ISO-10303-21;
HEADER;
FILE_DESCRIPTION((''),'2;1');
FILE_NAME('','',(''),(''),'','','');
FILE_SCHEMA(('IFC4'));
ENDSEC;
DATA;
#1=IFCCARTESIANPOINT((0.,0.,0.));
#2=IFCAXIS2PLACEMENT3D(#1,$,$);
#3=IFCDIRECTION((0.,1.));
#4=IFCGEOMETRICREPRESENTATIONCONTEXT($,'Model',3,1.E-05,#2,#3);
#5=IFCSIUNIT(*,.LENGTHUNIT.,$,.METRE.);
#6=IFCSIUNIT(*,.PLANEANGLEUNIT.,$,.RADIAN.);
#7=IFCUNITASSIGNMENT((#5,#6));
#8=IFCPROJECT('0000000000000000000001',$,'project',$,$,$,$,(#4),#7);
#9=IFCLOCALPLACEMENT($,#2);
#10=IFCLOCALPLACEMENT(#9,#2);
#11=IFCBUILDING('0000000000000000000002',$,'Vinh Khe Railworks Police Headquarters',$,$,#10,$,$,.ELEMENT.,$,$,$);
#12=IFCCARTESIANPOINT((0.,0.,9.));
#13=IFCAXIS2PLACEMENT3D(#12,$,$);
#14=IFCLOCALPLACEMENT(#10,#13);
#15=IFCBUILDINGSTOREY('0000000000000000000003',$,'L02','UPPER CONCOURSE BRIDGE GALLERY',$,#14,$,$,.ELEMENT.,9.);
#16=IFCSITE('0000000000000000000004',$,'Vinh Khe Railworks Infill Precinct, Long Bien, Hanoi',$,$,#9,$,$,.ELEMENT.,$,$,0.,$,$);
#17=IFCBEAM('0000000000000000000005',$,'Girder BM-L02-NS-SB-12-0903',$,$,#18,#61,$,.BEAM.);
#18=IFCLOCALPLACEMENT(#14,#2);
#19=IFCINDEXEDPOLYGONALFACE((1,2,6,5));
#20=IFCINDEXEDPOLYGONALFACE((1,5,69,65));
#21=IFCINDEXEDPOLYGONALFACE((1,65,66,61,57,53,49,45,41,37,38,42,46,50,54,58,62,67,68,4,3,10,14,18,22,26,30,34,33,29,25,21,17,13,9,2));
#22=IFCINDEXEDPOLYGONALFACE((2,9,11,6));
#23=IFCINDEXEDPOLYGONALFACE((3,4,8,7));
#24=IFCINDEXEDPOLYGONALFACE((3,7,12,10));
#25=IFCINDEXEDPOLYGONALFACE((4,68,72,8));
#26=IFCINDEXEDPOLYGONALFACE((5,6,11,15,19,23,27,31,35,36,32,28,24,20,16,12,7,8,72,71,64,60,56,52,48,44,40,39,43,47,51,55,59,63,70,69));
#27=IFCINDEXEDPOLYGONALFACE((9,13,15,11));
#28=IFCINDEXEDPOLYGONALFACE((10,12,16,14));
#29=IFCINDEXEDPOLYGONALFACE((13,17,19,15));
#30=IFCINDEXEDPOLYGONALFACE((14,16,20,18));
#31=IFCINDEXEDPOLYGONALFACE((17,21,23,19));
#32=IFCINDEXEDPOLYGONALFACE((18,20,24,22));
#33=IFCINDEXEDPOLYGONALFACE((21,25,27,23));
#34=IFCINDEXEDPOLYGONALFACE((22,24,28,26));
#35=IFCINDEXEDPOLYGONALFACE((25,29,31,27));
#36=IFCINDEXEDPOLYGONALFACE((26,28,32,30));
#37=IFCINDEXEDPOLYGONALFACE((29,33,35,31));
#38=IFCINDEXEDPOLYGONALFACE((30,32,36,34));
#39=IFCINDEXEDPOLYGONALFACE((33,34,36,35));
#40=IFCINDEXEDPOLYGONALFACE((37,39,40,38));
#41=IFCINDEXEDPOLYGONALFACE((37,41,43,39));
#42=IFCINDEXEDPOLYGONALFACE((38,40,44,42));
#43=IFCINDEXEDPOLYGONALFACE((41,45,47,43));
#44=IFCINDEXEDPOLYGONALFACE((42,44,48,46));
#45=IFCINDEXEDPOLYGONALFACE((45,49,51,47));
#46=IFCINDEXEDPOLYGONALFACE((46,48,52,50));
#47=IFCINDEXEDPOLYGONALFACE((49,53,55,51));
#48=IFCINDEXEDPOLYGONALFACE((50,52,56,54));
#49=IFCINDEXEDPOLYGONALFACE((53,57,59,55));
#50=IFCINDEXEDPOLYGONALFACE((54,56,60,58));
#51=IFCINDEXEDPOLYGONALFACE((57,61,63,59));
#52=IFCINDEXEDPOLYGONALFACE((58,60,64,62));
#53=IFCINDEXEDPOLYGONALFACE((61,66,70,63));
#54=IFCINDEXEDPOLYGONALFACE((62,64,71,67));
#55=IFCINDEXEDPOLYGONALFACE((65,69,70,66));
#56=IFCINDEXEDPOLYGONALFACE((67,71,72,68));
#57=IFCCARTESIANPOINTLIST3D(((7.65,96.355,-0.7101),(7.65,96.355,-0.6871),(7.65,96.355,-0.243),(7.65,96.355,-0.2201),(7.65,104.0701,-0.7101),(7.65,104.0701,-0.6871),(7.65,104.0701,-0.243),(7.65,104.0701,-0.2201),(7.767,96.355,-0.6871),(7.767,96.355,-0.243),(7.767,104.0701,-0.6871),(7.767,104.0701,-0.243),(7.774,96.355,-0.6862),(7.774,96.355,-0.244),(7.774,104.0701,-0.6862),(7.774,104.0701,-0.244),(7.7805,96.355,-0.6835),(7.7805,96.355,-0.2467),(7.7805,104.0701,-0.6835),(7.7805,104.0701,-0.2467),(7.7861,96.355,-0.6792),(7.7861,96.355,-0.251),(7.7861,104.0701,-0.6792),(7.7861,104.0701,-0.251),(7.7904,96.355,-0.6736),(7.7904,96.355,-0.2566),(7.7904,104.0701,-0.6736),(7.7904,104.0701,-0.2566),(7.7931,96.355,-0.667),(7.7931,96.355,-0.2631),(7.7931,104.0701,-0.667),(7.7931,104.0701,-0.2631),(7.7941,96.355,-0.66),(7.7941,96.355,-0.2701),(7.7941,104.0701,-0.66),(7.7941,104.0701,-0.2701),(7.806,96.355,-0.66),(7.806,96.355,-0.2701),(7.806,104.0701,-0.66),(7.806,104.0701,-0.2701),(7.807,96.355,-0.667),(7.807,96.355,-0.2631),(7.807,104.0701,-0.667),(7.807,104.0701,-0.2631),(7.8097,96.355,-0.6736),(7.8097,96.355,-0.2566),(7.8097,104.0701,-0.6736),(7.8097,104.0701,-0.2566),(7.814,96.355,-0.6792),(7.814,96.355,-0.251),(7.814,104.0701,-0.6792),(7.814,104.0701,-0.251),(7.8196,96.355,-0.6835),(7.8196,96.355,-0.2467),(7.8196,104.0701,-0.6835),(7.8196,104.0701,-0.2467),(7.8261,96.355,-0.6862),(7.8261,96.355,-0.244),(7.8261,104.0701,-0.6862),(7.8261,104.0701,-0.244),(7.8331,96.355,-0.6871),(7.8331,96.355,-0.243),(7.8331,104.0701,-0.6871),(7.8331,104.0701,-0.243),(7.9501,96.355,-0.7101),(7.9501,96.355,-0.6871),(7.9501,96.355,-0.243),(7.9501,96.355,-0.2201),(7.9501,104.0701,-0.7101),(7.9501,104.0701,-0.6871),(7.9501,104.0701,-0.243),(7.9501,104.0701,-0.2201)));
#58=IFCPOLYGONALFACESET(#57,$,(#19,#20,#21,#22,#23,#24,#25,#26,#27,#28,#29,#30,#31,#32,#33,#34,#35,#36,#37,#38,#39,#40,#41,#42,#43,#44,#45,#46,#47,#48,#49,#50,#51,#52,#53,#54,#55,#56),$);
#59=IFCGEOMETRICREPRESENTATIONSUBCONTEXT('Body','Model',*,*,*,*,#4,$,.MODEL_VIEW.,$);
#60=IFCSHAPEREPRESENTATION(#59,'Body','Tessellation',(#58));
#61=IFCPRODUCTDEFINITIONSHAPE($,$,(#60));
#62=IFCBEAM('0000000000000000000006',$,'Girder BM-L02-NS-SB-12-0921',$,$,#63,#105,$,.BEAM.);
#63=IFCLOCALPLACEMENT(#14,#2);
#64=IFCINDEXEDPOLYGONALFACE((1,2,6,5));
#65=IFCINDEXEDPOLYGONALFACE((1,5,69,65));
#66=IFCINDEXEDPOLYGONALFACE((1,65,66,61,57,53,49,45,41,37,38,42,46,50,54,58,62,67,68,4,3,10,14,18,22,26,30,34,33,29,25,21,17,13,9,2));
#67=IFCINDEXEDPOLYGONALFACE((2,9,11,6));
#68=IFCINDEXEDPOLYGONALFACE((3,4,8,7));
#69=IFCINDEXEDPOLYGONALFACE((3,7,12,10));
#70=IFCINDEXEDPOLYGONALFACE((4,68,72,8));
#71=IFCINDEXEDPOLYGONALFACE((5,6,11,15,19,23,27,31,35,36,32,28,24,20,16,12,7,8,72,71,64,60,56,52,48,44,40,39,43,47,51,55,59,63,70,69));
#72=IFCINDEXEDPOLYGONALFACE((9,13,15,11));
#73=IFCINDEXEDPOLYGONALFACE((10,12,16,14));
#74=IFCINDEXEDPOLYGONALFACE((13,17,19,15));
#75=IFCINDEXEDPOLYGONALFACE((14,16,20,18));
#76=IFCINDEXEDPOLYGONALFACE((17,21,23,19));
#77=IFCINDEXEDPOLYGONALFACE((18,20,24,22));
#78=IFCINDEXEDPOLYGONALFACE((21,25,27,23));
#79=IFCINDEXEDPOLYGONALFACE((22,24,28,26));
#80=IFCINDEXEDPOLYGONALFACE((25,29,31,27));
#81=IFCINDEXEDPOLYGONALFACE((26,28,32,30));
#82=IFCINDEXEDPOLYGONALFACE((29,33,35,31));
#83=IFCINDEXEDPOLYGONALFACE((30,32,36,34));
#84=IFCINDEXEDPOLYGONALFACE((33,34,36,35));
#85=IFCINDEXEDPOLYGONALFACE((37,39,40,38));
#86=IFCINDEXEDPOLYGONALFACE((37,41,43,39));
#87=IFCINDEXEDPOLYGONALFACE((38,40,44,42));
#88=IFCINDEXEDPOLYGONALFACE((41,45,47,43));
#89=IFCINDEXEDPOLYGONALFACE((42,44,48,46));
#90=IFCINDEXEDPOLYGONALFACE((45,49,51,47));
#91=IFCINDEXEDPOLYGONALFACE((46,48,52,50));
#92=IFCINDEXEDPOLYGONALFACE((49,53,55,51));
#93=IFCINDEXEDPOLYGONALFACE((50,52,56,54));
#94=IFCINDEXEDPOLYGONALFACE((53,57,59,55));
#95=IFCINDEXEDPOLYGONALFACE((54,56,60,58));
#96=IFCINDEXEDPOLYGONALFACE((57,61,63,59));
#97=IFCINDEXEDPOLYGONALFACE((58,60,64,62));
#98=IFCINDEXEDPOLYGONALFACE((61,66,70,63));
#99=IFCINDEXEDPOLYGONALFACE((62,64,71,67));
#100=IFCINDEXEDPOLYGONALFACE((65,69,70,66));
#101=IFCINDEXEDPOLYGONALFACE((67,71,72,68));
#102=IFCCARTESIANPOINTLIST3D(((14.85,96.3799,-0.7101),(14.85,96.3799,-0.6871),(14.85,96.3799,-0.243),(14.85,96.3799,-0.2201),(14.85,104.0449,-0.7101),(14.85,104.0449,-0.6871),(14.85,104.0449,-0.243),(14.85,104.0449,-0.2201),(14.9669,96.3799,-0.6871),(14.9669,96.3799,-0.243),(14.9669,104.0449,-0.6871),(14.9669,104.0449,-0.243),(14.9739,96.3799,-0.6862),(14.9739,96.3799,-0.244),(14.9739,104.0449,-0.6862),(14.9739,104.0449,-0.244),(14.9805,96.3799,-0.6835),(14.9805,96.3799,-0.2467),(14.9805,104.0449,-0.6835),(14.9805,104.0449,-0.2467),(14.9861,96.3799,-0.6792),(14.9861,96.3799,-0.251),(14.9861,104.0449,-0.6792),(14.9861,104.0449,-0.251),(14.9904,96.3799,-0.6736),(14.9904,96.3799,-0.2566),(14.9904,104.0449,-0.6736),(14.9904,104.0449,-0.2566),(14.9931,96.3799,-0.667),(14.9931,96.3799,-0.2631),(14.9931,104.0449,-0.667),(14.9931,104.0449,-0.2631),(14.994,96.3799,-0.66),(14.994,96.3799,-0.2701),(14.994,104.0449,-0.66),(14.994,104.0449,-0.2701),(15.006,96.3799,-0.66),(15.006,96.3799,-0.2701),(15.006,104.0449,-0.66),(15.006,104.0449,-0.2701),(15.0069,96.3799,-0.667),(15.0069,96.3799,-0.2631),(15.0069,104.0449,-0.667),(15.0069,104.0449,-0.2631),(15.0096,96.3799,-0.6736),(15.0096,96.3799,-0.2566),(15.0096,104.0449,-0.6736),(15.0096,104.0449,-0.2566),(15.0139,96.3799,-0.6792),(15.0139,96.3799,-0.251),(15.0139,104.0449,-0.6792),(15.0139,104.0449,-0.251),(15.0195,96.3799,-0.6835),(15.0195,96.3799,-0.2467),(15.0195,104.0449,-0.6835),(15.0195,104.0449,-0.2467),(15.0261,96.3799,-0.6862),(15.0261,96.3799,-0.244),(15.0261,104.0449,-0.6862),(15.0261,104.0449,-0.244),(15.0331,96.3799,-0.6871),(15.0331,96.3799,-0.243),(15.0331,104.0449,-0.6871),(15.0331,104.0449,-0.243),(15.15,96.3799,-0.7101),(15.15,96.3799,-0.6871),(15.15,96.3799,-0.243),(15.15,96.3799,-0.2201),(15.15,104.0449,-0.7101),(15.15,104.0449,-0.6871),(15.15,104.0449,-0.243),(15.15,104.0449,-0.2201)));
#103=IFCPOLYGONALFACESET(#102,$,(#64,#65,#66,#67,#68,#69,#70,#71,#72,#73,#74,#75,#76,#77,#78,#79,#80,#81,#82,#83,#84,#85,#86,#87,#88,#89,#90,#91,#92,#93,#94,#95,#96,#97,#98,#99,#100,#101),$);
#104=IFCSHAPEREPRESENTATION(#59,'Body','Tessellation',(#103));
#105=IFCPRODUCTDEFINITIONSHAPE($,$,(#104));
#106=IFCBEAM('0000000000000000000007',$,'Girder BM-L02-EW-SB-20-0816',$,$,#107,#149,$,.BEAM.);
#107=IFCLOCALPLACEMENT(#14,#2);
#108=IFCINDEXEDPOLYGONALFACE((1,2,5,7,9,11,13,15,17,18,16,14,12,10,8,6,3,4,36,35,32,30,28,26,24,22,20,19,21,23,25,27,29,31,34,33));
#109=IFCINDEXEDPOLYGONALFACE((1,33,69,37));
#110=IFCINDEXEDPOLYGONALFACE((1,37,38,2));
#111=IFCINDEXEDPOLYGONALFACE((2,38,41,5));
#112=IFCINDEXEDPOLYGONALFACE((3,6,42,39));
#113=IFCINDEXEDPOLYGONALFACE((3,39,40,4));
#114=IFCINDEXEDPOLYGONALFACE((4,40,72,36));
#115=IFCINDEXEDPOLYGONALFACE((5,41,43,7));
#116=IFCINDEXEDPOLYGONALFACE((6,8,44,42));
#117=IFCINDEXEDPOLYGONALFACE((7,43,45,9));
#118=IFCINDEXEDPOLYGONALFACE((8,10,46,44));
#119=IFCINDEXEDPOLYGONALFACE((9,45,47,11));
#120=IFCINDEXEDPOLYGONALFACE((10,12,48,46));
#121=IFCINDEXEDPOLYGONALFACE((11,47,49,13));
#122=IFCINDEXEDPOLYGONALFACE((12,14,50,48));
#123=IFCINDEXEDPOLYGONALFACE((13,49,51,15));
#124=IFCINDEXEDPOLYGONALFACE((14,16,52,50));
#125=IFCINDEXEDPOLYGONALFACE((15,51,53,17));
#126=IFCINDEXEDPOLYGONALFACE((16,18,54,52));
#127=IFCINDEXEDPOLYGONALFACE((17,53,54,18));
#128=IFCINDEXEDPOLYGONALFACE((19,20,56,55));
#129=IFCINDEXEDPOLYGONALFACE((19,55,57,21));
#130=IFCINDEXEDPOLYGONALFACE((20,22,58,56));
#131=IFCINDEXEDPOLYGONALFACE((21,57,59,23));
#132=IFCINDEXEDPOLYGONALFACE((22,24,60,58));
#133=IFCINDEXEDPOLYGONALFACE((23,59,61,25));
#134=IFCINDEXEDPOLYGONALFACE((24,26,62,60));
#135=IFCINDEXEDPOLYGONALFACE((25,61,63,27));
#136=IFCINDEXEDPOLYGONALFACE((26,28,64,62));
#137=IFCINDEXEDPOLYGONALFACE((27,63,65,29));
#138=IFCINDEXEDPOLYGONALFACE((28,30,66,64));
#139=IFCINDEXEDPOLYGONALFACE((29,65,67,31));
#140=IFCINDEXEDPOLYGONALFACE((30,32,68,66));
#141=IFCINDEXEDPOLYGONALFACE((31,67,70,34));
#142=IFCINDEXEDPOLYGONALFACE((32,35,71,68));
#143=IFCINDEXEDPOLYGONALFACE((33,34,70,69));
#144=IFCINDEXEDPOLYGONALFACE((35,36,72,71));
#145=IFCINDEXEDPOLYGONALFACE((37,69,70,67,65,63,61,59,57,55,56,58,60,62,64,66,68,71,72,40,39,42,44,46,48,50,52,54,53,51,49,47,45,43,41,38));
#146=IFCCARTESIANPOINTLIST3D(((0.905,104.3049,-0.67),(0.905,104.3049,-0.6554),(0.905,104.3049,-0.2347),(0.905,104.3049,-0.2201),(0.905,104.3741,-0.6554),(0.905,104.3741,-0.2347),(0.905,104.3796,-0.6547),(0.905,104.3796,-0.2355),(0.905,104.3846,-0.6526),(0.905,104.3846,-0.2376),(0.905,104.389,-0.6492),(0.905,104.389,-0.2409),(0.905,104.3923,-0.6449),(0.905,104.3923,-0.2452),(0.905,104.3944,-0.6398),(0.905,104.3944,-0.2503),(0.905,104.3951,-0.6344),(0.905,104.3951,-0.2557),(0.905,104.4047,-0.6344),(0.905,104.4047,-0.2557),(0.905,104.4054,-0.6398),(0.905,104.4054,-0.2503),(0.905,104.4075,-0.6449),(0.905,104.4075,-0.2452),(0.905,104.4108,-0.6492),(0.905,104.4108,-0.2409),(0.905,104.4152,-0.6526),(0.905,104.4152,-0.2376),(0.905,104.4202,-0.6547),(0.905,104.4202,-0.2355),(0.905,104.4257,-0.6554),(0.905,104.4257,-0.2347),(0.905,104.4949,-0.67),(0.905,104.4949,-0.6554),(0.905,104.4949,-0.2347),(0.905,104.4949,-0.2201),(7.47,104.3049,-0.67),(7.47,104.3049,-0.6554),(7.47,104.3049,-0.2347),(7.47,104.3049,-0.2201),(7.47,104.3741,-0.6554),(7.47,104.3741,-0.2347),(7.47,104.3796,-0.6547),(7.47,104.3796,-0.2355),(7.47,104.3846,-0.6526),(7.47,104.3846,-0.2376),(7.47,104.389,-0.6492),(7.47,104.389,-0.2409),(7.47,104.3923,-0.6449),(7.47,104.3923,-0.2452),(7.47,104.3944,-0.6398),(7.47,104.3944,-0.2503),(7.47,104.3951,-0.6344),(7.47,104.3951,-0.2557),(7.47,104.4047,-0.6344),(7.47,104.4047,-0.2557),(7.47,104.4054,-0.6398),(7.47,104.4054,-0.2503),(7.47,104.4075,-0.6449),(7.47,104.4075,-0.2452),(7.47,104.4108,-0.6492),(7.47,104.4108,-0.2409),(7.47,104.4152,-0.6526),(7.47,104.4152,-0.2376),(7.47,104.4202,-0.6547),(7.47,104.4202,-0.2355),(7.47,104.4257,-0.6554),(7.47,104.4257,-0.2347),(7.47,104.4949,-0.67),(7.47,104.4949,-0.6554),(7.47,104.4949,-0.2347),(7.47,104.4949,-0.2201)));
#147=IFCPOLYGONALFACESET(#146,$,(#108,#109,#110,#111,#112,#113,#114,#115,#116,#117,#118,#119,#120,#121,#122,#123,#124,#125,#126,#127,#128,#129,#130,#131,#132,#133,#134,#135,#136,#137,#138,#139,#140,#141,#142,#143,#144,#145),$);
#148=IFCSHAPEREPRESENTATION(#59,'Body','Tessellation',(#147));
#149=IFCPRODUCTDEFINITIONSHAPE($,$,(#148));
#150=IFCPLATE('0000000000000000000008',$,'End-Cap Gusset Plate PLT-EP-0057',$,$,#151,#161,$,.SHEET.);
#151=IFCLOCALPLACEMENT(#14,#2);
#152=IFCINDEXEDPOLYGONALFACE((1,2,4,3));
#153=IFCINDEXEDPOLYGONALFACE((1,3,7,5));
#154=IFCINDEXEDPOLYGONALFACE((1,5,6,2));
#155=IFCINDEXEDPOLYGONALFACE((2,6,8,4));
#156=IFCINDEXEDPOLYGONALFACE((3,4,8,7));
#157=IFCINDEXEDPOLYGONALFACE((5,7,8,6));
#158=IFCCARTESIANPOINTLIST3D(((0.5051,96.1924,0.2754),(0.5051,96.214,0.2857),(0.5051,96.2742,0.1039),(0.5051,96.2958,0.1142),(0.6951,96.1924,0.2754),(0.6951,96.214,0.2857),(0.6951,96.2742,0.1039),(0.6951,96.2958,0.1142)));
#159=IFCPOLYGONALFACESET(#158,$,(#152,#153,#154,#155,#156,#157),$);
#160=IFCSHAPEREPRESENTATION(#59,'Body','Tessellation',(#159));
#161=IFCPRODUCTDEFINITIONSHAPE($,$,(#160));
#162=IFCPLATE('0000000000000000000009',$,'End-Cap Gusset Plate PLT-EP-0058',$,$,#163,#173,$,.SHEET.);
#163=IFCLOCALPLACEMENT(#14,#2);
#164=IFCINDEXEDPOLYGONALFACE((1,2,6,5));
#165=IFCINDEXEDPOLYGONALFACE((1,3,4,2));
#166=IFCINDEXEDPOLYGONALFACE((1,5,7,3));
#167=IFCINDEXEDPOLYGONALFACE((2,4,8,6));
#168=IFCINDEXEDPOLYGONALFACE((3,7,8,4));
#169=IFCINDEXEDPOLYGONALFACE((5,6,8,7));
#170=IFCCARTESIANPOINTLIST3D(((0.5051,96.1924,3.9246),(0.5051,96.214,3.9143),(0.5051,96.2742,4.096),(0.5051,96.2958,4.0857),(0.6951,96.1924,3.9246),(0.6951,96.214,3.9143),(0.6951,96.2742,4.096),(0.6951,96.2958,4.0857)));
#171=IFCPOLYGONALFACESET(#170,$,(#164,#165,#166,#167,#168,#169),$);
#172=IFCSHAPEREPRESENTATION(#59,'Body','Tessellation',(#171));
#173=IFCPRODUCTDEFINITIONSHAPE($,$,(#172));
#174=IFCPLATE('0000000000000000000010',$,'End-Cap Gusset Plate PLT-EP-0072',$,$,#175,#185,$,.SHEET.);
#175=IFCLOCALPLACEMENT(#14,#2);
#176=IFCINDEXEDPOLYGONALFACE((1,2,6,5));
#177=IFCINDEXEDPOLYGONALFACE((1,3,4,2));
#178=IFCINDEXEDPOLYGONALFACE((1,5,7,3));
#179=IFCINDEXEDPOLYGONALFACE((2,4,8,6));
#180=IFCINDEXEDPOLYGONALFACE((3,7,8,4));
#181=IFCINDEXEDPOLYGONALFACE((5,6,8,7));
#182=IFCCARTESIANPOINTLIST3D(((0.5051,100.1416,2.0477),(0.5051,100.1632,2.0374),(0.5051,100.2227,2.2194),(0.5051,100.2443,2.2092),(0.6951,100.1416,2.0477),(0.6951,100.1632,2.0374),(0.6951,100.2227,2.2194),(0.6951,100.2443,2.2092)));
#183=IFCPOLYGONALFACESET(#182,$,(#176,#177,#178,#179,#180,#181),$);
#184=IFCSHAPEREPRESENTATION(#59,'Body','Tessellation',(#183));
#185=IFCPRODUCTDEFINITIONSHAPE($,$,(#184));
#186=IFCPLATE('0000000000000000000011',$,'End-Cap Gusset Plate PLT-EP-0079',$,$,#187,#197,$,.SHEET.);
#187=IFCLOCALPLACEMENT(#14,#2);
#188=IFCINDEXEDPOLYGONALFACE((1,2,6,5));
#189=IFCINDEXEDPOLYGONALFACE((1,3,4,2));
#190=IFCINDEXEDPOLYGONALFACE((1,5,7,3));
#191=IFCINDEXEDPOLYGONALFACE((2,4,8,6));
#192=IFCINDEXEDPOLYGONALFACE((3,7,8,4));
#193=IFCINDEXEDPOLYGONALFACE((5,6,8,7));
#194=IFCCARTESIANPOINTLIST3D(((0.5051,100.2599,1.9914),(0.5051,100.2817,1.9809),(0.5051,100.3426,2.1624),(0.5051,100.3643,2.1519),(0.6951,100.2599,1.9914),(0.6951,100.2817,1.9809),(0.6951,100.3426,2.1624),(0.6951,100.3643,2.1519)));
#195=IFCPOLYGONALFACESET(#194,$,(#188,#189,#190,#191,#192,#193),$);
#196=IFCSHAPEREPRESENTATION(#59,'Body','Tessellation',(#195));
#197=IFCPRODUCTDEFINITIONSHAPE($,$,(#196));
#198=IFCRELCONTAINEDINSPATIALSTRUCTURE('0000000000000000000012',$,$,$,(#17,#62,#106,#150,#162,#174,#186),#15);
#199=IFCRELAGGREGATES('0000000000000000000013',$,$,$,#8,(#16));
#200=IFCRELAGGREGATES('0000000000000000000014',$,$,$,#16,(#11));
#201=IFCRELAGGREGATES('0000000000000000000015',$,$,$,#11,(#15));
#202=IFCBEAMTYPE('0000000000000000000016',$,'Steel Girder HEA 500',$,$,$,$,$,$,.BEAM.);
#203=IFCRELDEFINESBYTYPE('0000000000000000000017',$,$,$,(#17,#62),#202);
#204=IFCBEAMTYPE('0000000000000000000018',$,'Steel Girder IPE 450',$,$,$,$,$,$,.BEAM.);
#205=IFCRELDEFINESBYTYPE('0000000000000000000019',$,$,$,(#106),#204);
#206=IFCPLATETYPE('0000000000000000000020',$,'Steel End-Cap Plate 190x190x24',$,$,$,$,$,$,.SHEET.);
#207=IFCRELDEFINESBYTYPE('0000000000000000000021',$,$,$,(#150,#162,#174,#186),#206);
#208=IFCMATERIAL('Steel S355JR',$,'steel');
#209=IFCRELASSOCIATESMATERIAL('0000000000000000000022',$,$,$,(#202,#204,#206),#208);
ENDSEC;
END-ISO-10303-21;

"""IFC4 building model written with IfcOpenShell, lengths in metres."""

from ifc_helpers import new_model, si_unit, direction, frame, origin, origin_2d, place, context, subcontext, project, spatial, rectangle, i_section, extrude, material, material_profile, profile_set, type_object, element, save


model = new_model("IFC4")

# Units and contexts
model_context = context("Model", 3, precision=1e-05, world=origin(), true_north=direction((0.0, 1.0)))
body_context = subcontext(model_context, "Body", "Model", "MODEL_VIEW")
ifc_project = project(units=[si_unit("LENGTHUNIT", "METRE"), si_unit("PLANEANGLEUNIT", "RADIAN")], contexts=[model_context])

# Site, building, storey
site_placement = place(None, origin())
site = spatial("IfcSite", under=ifc_project, at=site_placement, Name="Vinh Khe Railworks Infill Precinct, Long Bien, Hanoi", CompositionType="ELEMENT", RefElevation=0.0)
building_placement = place(site_placement, origin())
building = spatial("IfcBuilding", under=site, at=building_placement, Name="Vinh Khe Railworks Police Headquarters", CompositionType="ELEMENT")
storey_placement = place(building_placement, frame((0.0, 0.0, 9.0)))
storey = spatial("IfcBuildingStorey", under=building, at=storey_placement, Name="L02", Description="UPPER CONCOURSE BRIDGE GALLERY", CompositionType="ELEMENT", Elevation=9.0)

# Shared definitions
ifc_material_1 = material(Name="Steel S355JR", Category="steel")

# Beams
ifc_material_profile_1 = material_profile(ifc_material_1, i_section(OverallWidth=0.3, OverallDepth=0.49, WebThickness=0.012, FlangeThickness=0.0229, FilletRadius=0.0271, at=origin_2d()), Name="HEA 500")
ifc_profile_set_1 = profile_set([ifc_material_profile_1], Name="Steel S355JR")
beam_type_1 = type_object("IfcBeamType", Name="Steel Girder HEA 500", PredefinedType="BEAM", material=ifc_profile_set_1)
beam_1_placement = place(storey_placement, frame((7.8, 96.355, -0.4651), z_axis=(0.0, 1.0, 0.0), x_axis=(-1.0, 0.0, 0.0)))
element("IfcBeam", 1, at=beam_1_placement, inside=storey, type_object=beam_type_1, Name="Girder BM-L02-NS-SB-12-0903", PredefinedType="BEAM", context=body_context, shape_type="SweptSolid", body=[
    extrude(i_section(OverallWidth=0.3, OverallDepth=0.49, WebThickness=0.012, FlangeThickness=0.0229, FilletRadius=0.0271, at=origin_2d()), origin(), (0.0, 0.0, 1.0), 7.7151),
])
beam_2_placement = place(storey_placement, frame((15.0, 96.3799, -0.4651), z_axis=(0.0, 1.0, 0.0), x_axis=(-1.0, 0.0, 0.0)))
element("IfcBeam", 2, at=beam_2_placement, inside=storey, type_object=beam_type_1, Name="Girder BM-L02-NS-SB-12-0921", PredefinedType="BEAM", context=body_context, shape_type="SweptSolid", body=[
    extrude(i_section(OverallWidth=0.3, OverallDepth=0.49, WebThickness=0.012, FlangeThickness=0.0229, FilletRadius=0.0271, at=origin_2d()), origin(), (0.0, 0.0, 1.0), 7.665),
])
ifc_material_profile_2 = material_profile(ifc_material_1, i_section(OverallWidth=0.1899, OverallDepth=0.45, WebThickness=0.0095, FlangeThickness=0.0146, FilletRadius=0.021, at=origin_2d()), Name="IPE 450")
ifc_profile_set_2 = profile_set([ifc_material_profile_2], Name="Steel S355JR")
beam_type_2 = type_object("IfcBeamType", Name="Steel Girder IPE 450", PredefinedType="BEAM", material=ifc_profile_set_2)
beam_3_placement = place(storey_placement, frame((0.905, 104.3999, -0.4451), z_axis=(1.0, 0.0, 0.0), x_axis=(0.0, 1.0, 0.0)))
element("IfcBeam", 3, at=beam_3_placement, inside=storey, type_object=beam_type_2, Name="Girder BM-L02-EW-SB-20-0816", PredefinedType="BEAM", context=body_context, shape_type="SweptSolid", body=[
    extrude(i_section(OverallWidth=0.1899, OverallDepth=0.45, WebThickness=0.0095, FlangeThickness=0.0146, FilletRadius=0.021, at=origin_2d()), origin(), (0.0, 0.0, 1.0), 6.5649),
])

# Plates
ifc_material_profile_3 = material_profile(ifc_material_1, rectangle(XDim=0.1899, YDim=0.1899, at=origin_2d()), Name="PL 190x190")
ifc_profile_set_3 = profile_set([ifc_material_profile_3], Name="Steel S355JR")
plate_type = type_object("IfcPlateType", Name="Steel End-Cap Plate 190x190x24", PredefinedType="SHEET", material=ifc_profile_set_3)
for number, where, z_axis, x_axis, name in (
    (4, (0.6001, 96.2549, 0.2), (0.0, -0.902481, -0.43073), (1.0, 0.0, 0.0), "End-Cap Gusset Plate PLT-EP-0057"),
    (5, (0.6001, 96.2549, 4.0), (0.0, -0.902481, 0.43073), (1.0, 0.0, 0.0), "End-Cap Gusset Plate PLT-EP-0058"),
    (6, (0.6001, 100.1821, 2.1335), (0.0, 0.904358, -0.426775), (-1.0, 0.0, 0.0), "End-Cap Gusset Plate PLT-EP-0072"),
):
    element("IfcPlate", number, at=place(storey_placement, frame(where, z_axis=z_axis, x_axis=x_axis)), inside=storey, type_object=plate_type, Name=name, PredefinedType="SHEET", context=body_context, shape_type="SweptSolid", body=[
        extrude(rectangle(XDim=0.1899, YDim=0.1899, at=origin_2d()), origin(), (0.0, 0.0, 1.0), 0.0239),
    ])
plate_placement = place(storey_placement, frame((0.6001, 100.323, 2.0664), z_axis=(0.0, -0.900415, 0.435032), x_axis=(1.0, 0.0, 0.0)))
element("IfcPlate", 7, at=plate_placement, inside=storey, type_object=plate_type, Name="End-Cap Gusset Plate PLT-EP-0079", PredefinedType="SHEET", context=body_context, shape_type="SweptSolid", body=[
    extrude(rectangle(XDim=0.1899, YDim=0.1899, at=origin_2d()), origin(), (0.0, 0.0, 1.0), 0.0242),
])

save(model, "model.ifc")
